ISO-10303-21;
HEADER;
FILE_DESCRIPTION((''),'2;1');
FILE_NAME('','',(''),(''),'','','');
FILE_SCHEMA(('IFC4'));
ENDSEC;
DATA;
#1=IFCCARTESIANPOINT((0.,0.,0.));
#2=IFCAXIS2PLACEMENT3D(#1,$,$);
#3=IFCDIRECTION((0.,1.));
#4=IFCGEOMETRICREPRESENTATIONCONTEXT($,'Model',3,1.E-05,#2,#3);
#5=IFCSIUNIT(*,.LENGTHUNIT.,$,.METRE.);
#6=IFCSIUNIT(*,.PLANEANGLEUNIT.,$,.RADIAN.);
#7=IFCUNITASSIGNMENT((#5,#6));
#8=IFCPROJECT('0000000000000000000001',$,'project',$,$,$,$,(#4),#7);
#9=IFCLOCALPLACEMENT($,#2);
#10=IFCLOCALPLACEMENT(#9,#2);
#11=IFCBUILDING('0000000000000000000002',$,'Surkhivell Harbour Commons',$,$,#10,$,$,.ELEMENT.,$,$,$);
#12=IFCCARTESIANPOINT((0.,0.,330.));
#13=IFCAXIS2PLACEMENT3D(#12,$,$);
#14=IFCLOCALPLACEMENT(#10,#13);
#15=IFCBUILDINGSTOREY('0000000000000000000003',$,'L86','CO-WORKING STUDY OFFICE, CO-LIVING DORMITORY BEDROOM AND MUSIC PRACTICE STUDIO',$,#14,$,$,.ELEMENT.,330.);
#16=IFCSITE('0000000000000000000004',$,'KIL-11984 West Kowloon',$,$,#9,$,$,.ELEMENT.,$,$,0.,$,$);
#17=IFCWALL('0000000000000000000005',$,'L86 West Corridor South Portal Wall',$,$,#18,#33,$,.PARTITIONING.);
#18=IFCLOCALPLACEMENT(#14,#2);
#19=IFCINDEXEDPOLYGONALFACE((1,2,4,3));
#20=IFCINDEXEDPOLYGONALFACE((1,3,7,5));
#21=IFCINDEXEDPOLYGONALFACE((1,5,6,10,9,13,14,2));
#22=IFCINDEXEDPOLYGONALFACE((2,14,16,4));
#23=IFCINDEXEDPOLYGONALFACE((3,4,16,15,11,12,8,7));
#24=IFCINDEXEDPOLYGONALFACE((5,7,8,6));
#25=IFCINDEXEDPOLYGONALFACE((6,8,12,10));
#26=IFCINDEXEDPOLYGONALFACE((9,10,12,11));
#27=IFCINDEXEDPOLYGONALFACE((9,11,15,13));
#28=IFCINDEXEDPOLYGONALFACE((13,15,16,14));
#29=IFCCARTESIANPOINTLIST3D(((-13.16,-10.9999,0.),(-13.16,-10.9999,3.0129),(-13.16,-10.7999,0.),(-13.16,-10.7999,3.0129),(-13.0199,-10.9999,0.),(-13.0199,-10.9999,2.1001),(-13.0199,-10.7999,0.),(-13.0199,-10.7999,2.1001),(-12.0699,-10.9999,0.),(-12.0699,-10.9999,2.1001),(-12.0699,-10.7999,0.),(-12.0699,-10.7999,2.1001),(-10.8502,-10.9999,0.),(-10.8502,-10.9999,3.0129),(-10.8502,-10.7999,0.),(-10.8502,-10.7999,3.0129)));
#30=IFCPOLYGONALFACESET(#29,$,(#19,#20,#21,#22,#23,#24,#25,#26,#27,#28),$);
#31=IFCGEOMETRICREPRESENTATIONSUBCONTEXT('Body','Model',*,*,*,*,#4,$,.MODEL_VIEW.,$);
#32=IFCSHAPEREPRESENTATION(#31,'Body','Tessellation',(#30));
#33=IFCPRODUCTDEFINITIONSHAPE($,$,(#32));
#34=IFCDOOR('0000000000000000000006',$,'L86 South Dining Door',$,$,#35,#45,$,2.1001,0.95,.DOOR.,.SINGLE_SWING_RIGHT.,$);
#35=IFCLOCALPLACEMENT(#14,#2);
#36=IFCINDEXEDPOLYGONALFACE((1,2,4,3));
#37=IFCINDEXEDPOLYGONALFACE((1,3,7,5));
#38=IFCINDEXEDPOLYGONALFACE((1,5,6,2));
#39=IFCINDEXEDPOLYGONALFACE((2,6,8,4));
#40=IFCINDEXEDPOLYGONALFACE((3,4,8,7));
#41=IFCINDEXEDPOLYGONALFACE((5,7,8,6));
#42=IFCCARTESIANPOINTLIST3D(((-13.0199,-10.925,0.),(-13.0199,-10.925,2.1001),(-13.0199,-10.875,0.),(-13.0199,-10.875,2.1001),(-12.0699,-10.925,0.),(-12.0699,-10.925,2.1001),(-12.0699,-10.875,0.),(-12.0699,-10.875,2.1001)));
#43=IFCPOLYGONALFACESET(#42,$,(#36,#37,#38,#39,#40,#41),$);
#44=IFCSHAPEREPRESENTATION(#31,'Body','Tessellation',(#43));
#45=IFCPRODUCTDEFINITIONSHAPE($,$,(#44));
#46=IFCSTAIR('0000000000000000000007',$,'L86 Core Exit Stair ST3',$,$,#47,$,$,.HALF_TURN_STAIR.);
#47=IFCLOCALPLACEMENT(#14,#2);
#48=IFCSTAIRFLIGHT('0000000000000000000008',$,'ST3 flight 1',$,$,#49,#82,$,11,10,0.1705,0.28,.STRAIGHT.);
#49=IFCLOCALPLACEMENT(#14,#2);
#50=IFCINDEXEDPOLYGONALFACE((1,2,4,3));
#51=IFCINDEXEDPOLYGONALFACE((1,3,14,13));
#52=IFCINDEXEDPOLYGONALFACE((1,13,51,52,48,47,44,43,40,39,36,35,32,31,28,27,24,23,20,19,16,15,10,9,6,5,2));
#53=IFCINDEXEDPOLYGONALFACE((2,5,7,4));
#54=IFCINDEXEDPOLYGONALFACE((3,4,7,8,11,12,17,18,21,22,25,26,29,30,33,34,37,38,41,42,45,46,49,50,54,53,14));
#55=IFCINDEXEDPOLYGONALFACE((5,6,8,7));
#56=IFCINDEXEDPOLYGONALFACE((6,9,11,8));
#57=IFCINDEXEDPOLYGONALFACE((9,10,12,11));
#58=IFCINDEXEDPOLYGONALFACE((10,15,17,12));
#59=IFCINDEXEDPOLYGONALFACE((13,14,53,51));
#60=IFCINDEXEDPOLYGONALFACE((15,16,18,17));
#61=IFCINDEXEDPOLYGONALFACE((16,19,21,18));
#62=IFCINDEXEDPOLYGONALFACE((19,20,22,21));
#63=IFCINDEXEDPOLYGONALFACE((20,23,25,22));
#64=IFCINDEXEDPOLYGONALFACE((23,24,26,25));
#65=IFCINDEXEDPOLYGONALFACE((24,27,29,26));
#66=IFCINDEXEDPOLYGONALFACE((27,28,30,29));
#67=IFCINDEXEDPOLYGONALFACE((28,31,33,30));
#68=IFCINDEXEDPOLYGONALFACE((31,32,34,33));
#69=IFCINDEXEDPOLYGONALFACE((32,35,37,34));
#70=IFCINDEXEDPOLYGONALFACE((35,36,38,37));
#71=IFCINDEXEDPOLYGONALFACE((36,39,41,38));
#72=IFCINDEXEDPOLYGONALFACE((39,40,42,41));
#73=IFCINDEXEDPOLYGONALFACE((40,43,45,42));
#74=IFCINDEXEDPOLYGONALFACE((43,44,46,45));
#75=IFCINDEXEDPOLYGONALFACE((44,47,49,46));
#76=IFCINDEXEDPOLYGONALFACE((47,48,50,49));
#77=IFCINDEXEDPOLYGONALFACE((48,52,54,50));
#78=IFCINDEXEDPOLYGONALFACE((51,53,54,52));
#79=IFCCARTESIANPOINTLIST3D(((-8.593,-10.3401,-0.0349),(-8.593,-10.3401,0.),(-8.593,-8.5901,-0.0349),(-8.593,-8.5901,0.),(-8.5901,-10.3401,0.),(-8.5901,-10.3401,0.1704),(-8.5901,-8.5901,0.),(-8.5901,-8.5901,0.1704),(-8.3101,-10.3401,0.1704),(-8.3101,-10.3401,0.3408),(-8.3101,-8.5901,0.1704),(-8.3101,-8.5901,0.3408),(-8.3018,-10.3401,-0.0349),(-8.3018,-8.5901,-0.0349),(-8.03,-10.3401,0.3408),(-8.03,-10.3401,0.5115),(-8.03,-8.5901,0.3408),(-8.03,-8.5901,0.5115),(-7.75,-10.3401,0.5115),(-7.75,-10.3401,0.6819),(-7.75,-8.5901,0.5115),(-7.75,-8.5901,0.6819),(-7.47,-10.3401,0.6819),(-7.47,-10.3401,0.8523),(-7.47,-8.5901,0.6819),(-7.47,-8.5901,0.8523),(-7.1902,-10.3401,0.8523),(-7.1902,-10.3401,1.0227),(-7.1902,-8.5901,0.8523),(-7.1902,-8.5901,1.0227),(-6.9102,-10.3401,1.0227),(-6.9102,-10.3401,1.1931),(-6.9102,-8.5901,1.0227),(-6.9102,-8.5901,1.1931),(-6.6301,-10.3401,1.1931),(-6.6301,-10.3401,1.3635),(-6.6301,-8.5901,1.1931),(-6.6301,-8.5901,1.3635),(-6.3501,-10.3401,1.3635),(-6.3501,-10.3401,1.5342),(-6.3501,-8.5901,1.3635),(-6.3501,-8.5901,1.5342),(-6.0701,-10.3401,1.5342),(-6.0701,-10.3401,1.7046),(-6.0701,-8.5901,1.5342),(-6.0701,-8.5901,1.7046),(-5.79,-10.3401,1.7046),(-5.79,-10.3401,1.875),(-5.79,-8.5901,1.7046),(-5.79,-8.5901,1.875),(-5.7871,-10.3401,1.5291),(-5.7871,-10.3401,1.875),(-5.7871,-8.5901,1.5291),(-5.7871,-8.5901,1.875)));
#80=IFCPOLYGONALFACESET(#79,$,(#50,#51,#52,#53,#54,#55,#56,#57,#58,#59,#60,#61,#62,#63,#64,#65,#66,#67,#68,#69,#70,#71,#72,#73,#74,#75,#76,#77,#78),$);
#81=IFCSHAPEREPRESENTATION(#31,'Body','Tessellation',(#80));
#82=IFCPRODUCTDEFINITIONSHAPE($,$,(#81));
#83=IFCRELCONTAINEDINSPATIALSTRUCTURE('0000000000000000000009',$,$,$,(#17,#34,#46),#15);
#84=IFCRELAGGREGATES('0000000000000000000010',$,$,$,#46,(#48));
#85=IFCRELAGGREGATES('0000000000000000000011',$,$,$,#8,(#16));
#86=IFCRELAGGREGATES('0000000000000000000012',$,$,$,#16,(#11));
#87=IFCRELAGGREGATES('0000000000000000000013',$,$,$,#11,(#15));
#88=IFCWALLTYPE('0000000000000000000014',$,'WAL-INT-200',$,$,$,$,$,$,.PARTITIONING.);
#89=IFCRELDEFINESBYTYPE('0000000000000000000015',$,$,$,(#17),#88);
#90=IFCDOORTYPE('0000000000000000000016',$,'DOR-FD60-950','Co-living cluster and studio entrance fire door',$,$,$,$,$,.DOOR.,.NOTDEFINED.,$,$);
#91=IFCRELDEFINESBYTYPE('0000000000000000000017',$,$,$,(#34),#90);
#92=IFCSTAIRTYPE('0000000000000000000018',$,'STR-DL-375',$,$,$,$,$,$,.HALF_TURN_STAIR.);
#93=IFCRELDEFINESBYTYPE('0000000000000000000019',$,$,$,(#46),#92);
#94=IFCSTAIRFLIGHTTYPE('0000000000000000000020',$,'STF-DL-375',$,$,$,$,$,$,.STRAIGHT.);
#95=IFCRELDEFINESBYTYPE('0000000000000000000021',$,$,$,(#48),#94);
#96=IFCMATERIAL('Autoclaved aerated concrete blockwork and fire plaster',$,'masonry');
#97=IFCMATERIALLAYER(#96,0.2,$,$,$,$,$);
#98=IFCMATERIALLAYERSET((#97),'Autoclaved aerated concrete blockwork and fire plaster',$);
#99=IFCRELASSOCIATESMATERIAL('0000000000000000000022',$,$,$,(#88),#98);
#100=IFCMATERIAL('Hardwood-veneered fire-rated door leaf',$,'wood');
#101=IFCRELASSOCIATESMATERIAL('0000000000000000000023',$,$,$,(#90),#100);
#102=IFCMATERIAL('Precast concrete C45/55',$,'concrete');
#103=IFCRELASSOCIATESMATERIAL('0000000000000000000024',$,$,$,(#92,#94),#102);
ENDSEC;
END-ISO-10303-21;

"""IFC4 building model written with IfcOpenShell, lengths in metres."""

from ifc_helpers import new_model, si_unit, direction, frame, frame_2d, origin, place, context, subcontext, project, spatial, polyline, rectangle, outline, extrude, material, layer, layer_set, type_object, element, fill, aggregate, save


model = new_model("IFC4")

# Units and contexts
model_context = context("Model", 3, precision=1e-05, world=origin(), true_north=direction((0.0, 1.0)))
body_context = subcontext(model_context, "Body", "Model", "MODEL_VIEW")
ifc_project = project(units=[si_unit("LENGTHUNIT", "METRE"), si_unit("PLANEANGLEUNIT", "RADIAN")], contexts=[model_context])

# Site, building, storey
site_placement = place(None, origin())
site = spatial("IfcSite", under=ifc_project, at=site_placement, Name="KIL-11984 West Kowloon", CompositionType="ELEMENT", RefElevation=0.0)
building_placement = place(site_placement, origin())
building = spatial("IfcBuilding", under=site, at=building_placement, Name="Surkhivell Harbour Commons", CompositionType="ELEMENT")
storey_placement = place(building_placement, frame((0.0, 0.0, 330.0)))
storey = spatial("IfcBuildingStorey", under=building, at=storey_placement, Name="L86", Description="CO-WORKING STUDY OFFICE, CO-LIVING DORMITORY BEDROOM AND MUSIC PRACTICE STUDIO", CompositionType="ELEMENT", Elevation=330.0)

# Shared definitions
ifc_material_1 = material(Name="Autoclaved aerated concrete blockwork and fire plaster", Category="masonry")
ifc_layer_1 = layer(ifc_material_1, 0.2)
ifc_layer_set_1 = layer_set([ifc_layer_1], Name="Autoclaved aerated concrete blockwork and fire plaster")
wall_type_1 = type_object("IfcWallType", Name="WAL-INT-200", PredefinedType="PARTITIONING", material=ifc_layer_set_1)
ifc_material_2 = material(Name="Hardwood-veneered fire-rated door leaf", Category="wood")
door_type_1 = type_object("IfcDoorType", Name="DOR-FD60-950", Description="Co-living cluster and studio entrance fire door", OperationType="NOTDEFINED", PredefinedType="DOOR", material=ifc_material_2)

# Wall, opening, door
wall_1_placement = place(storey_placement, frame((-13.1599, -10.8999, 0.0), z_axis=(0.0, 0.0, 1.0), x_axis=(1.0, 0.0, 0.0)))
wall_1 = element("IfcWall", 1, at=wall_1_placement, inside=storey, type_object=wall_type_1, Name="L86 West Corridor South Portal Wall", PredefinedType="PARTITIONING", context=body_context, shape_type="SweptSolid", body=[
    extrude(rectangle(XDim=2.3098, YDim=0.2, at=frame_2d((1.1548, 0.0))), origin(), (0.0, 0.0, 1.0), 3.0129),
])
opening_1_placement = place(wall_1_placement, frame((0.1399, 0.0, 0.0)))
opening_1 = element("IfcOpeningElement", 2, at=opening_1_placement, cuts=wall_1, PredefinedType="OPENING", context=body_context, shape_type="SweptSolid", body=[
    extrude(rectangle(XDim=0.95, YDim=2.1001, at=frame_2d((0.4751, 1.05))), frame((0.0, 0.1099, 0.0), z_axis=(0.0, -1.0, 0.0), x_axis=(1.0, 0.0, 0.0)), (0.0, 0.0, 1.0), 0.22),
])
door_1_placement = place(opening_1_placement, origin())
door_1 = element("IfcDoor", 3, at=door_1_placement, inside=storey, type_object=door_type_1, Name="L86 South Dining Door", OperationType="SINGLE_SWING_RIGHT", OverallHeight=2.1001, OverallWidth=0.95, PredefinedType="DOOR", context=body_context, shape_type="SweptSolid", body=[
    extrude(rectangle(XDim=0.95, YDim=2.1001, at=frame_2d((0.4751, 1.05))), frame((0.0, 0.0249, 0.0), z_axis=(0.0, -1.0, 0.0), x_axis=(1.0, 0.0, 0.0)), (0.0, 0.0, 1.0), 0.05),
])
fill(opening_1, door_1)

# Stair, stair flight
ifc_material_3 = material(Name="Precast concrete C45/55", Category="concrete")
stair_type = type_object("IfcStairType", Name="STR-DL-375", PredefinedType="HALF_TURN_STAIR", material=ifc_material_3)
stair_placement = place(storey_placement, origin())
stair = element("IfcStair", 4, at=stair_placement, inside=storey, type_object=stair_type, Name="L86 Core Exit Stair ST3", PredefinedType="HALF_TURN_STAIR")
stair_flight_type = type_object("IfcStairFlightType", Name="STF-DL-375", PredefinedType="STRAIGHT", material=ifc_material_3)
stair_flight_placement = place(storey_placement, frame((-8.5901, -9.4651, 0.0), z_axis=(0.0, 0.0, 1.0), x_axis=(1.0, 0.0, 0.0)))
stair_flight = element("IfcStairFlight", 5, at=stair_flight_placement, type_object=stair_flight_type, Name="ST3 flight 1", NumberOfRisers=11, NumberOfTreads=10, PredefinedType="STRAIGHT", RiserHeight=0.1705, TreadLength=0.28, context=body_context, shape_type="SweptSolid", body=[
    extrude(outline(polyline([(-0.0029, -0.0349), (-0.0029, 0.0), (0.0, 0.0), (0.0, 0.1704), (0.28, 0.1704), (0.28, 0.3408), (0.5601, 0.3408), (0.5601, 0.5115), (0.8401, 0.5115), (0.8401, 0.6819), (1.1201, 0.6819), (1.1201, 0.8523), (1.3999, 0.8523), (1.3999, 1.0227), (1.6799, 1.0227), (1.6799, 1.1931), (1.96, 1.1931), (1.96, 1.3635), (2.24, 1.3635), (2.24, 1.5342), (2.52, 1.5342), (2.52, 1.7046), (2.8, 1.7046), (2.8, 1.875), (2.803, 1.875), (2.803, 1.5291), (0.2883, -0.0349), (-0.0029, -0.0349)])), frame((0.0, 0.875, 0.0), z_axis=(0.0, -1.0, 0.0), x_axis=(1.0, 0.0, 0.0)), (0.0, 0.0, 1.0), 1.75),
])
aggregate(stair, [stair_flight])

save(model, "model.ifc")
